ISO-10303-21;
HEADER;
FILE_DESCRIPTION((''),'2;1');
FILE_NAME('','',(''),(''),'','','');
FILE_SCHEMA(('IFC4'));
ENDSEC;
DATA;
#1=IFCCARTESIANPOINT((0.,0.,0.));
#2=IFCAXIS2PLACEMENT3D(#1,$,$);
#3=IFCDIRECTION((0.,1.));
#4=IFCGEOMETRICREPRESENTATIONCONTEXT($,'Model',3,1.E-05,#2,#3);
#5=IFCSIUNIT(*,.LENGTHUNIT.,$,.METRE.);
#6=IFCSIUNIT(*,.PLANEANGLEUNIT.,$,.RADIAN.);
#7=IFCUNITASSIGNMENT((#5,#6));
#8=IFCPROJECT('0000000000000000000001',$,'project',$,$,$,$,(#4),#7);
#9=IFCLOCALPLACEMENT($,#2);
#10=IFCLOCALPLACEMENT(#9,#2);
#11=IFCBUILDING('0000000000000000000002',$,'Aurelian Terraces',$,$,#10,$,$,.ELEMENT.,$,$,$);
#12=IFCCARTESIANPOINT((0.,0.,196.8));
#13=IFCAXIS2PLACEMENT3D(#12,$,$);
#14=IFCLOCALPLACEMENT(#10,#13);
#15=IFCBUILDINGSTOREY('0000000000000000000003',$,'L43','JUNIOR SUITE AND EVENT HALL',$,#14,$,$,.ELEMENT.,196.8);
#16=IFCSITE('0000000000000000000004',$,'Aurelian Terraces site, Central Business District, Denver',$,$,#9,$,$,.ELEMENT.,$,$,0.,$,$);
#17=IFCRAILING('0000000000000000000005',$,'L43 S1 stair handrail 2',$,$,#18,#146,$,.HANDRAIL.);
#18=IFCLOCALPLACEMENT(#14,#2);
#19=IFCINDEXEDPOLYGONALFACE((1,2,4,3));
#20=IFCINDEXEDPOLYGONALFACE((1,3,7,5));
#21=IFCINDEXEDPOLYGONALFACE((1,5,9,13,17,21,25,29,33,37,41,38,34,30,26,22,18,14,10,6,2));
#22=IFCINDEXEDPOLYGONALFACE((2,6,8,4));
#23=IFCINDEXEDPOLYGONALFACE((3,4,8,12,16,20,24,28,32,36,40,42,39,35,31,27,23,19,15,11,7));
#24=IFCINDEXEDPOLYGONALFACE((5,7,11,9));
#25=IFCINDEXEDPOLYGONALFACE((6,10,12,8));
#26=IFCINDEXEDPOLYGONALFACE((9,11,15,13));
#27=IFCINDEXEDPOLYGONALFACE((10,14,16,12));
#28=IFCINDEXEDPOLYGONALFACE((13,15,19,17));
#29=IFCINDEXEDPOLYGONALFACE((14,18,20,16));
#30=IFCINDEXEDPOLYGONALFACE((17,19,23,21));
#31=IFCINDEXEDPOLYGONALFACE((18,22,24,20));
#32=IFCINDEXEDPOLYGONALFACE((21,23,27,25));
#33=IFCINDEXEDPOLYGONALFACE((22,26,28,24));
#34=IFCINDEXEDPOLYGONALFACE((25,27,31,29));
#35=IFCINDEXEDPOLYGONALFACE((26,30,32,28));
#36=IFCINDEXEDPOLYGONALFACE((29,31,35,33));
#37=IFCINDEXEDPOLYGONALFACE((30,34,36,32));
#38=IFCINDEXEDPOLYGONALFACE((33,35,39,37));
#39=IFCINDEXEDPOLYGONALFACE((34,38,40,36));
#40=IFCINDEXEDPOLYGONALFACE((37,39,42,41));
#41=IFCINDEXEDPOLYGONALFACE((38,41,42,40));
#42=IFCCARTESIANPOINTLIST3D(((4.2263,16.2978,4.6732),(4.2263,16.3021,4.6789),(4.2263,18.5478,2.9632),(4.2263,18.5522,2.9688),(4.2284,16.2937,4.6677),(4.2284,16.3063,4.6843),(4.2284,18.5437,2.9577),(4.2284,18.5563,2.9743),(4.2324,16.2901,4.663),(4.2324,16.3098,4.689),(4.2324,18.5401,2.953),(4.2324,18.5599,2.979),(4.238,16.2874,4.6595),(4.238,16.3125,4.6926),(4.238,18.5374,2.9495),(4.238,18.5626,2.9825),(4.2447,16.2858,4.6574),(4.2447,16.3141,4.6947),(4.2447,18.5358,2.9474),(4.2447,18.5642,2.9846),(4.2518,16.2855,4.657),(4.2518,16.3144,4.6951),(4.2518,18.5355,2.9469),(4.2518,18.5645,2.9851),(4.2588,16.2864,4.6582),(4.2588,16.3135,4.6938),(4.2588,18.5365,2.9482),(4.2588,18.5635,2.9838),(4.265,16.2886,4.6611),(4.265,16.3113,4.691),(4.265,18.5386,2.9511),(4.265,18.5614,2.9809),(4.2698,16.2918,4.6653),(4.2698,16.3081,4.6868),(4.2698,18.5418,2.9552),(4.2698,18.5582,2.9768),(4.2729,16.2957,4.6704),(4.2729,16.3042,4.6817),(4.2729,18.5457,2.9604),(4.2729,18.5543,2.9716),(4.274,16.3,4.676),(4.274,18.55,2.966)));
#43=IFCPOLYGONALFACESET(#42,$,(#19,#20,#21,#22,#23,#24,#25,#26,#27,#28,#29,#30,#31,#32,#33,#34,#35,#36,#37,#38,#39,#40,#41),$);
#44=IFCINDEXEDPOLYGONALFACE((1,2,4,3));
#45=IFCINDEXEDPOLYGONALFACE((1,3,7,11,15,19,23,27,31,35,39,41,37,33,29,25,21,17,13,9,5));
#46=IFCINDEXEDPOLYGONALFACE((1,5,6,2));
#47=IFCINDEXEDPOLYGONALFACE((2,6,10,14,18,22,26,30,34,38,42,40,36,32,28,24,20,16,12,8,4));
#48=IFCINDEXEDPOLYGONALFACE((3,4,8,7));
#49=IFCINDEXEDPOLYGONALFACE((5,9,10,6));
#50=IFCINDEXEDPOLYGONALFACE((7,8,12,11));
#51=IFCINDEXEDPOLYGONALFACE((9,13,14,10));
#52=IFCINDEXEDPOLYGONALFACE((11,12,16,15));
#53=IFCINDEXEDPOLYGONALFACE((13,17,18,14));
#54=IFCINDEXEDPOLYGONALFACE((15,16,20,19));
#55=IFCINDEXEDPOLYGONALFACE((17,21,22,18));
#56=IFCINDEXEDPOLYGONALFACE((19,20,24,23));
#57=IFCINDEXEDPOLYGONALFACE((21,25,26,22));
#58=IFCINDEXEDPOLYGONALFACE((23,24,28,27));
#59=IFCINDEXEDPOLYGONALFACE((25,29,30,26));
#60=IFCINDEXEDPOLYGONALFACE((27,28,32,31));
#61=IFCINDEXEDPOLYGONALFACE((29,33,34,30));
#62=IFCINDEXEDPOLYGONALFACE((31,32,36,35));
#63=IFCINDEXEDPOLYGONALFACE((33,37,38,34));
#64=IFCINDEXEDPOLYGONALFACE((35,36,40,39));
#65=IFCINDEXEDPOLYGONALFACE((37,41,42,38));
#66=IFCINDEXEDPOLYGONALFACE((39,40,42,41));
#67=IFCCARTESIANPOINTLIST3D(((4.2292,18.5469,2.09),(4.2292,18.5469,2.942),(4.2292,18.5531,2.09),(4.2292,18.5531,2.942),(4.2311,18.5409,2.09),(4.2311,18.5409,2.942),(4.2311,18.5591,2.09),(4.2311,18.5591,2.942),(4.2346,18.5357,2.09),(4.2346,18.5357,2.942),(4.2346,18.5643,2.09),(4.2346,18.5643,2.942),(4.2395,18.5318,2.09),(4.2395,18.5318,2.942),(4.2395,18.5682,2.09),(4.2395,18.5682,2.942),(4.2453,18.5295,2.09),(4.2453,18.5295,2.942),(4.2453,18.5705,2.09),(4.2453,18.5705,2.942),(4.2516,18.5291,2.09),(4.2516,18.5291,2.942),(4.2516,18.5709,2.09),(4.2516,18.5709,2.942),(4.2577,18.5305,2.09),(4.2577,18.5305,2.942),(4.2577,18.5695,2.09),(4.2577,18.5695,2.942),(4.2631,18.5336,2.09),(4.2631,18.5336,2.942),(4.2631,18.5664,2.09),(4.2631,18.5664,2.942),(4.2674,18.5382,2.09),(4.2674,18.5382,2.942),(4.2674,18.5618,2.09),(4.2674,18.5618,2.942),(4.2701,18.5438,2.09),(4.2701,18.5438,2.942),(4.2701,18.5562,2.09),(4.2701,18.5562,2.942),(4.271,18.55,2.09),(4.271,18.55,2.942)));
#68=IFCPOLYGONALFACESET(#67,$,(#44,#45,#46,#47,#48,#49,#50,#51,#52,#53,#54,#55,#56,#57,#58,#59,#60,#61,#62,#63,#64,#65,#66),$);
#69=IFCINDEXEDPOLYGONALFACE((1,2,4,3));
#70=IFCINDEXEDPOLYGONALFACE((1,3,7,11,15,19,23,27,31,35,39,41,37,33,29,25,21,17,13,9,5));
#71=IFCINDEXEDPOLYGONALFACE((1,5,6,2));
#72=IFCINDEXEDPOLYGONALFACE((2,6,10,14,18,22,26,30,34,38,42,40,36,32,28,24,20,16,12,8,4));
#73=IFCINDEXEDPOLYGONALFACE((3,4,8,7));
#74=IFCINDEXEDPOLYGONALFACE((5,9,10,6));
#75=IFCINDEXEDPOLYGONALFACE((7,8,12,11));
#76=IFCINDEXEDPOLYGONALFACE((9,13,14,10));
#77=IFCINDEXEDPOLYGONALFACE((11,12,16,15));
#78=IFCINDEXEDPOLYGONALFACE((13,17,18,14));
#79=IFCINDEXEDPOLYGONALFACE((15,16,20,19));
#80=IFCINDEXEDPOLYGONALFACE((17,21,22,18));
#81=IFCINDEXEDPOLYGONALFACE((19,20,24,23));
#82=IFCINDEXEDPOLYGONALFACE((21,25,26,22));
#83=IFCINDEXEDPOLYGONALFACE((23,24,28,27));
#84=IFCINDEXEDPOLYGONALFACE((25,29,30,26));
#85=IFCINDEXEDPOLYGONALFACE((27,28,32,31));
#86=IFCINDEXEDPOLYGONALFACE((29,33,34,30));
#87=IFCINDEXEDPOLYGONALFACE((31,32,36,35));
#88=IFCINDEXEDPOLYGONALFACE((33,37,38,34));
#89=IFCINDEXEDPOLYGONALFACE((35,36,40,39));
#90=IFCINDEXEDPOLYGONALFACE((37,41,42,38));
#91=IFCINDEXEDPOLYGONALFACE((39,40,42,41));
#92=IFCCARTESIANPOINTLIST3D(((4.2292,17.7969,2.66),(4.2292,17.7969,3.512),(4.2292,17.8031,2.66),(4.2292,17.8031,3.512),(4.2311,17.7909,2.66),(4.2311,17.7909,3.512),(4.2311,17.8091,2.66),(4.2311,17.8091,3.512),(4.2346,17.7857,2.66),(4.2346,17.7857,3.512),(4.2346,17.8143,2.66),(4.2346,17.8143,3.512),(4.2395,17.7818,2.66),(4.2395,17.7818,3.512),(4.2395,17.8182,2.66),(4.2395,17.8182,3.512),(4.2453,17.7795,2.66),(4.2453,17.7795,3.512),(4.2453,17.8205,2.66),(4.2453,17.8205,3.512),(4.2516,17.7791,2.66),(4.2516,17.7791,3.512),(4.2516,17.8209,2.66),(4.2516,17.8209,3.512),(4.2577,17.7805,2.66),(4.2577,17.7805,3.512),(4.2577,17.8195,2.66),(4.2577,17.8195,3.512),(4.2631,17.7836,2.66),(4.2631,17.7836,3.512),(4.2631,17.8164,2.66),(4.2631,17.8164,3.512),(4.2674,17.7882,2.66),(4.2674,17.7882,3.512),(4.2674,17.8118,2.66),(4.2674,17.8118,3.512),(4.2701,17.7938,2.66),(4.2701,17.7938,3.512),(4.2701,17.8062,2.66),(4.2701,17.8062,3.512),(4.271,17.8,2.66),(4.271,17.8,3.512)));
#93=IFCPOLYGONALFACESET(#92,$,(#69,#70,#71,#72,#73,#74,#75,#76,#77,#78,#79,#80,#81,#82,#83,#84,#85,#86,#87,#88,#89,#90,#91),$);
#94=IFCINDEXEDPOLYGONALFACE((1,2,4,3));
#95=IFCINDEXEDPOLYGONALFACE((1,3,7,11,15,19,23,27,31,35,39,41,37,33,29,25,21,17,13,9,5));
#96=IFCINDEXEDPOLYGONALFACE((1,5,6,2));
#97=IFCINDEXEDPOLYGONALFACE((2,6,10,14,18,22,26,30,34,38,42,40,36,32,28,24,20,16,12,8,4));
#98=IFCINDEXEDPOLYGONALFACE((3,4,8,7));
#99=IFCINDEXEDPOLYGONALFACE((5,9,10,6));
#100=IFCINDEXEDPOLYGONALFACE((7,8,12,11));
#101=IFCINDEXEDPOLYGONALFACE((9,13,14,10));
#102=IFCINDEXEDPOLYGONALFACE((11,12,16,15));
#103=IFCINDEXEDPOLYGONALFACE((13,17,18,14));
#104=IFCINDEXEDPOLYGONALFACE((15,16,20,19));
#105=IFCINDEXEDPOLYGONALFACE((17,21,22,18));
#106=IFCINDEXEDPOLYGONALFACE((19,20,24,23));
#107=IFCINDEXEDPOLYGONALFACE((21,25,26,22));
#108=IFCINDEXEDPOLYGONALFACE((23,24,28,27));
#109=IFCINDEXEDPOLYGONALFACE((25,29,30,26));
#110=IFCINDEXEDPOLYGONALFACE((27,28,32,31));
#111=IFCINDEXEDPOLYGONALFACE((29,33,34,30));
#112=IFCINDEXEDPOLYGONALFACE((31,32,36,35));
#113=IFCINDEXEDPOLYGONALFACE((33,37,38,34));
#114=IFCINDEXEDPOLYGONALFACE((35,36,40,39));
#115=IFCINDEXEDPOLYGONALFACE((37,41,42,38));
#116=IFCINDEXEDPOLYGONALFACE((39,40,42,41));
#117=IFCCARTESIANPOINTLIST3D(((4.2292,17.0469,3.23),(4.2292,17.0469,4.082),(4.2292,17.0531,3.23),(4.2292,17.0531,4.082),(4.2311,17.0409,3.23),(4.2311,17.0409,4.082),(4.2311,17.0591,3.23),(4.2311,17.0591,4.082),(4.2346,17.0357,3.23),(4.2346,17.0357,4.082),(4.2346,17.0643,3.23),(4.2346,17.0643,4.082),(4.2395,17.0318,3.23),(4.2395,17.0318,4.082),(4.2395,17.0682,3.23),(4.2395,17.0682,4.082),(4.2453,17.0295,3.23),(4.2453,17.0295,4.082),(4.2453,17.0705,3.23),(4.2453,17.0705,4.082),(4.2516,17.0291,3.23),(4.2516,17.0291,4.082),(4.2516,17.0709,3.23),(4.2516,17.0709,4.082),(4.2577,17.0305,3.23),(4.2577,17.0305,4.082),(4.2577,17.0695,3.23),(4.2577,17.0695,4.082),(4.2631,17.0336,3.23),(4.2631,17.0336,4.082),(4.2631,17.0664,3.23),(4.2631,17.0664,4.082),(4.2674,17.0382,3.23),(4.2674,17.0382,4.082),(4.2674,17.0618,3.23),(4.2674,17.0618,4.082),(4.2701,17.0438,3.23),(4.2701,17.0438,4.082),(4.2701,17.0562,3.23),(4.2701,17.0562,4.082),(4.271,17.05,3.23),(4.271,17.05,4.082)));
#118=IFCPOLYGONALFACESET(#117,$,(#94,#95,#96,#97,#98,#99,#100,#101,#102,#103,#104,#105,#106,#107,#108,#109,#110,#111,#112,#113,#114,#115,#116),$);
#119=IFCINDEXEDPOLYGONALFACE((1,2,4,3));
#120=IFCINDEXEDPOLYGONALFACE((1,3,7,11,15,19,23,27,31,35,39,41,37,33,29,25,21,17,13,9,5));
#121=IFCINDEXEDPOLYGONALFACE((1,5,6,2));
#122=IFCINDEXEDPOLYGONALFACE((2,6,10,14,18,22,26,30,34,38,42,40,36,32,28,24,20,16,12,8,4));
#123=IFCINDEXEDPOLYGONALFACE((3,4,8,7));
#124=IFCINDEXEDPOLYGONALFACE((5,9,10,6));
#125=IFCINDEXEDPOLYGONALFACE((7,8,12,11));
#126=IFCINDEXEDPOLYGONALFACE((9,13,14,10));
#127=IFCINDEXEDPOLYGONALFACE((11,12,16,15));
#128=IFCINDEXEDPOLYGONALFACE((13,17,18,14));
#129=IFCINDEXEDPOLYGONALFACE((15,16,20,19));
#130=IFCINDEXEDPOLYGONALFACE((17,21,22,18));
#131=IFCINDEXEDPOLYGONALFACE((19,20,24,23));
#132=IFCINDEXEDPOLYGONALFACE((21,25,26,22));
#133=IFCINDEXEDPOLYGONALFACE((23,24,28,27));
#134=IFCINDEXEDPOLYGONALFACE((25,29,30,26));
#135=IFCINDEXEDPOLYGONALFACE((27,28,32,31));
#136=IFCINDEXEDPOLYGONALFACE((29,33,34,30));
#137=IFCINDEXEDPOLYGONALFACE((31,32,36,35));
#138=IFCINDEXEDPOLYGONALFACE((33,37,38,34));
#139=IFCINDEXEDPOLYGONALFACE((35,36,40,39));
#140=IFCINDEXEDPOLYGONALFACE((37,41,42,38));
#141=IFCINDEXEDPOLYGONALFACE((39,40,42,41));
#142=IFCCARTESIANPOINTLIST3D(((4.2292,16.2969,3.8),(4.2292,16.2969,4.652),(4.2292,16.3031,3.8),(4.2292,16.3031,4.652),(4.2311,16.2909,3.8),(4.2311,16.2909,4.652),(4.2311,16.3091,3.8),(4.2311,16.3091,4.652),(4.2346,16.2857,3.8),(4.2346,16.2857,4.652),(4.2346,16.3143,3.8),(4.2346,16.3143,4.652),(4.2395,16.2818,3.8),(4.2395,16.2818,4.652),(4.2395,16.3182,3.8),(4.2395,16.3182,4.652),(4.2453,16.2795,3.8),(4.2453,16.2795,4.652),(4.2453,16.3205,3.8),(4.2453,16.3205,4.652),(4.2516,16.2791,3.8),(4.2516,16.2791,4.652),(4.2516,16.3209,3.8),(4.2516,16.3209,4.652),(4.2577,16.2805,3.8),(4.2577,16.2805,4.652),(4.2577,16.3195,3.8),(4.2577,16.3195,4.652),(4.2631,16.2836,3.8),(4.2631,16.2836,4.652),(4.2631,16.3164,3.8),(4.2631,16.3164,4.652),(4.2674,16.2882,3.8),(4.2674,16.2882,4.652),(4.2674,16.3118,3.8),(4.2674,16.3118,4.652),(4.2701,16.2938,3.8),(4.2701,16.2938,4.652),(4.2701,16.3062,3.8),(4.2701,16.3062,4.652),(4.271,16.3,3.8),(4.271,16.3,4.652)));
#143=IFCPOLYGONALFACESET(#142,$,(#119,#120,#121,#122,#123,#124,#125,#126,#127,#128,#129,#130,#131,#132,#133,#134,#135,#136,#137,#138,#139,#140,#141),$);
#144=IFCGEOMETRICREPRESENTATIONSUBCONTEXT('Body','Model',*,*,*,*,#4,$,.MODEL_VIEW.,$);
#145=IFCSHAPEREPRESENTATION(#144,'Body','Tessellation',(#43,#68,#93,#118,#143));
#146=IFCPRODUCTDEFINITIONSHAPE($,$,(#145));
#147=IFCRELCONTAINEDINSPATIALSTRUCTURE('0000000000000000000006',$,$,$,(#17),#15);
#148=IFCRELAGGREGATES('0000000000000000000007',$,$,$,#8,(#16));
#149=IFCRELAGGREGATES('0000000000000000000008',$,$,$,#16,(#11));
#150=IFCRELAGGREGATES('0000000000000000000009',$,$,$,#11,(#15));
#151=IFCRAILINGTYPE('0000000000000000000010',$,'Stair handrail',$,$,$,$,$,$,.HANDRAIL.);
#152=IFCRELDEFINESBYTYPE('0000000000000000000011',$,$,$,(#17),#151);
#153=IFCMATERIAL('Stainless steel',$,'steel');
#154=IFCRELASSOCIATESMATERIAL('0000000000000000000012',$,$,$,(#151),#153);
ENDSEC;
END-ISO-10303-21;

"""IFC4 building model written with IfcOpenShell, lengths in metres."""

from ifc_helpers import new_model, si_unit, direction, frame, origin, origin_2d, place, context, subcontext, project, spatial, circle, extrude, source, transform, mapped, material, type_object, element, save


model = new_model("IFC4")

# Units and contexts
model_context = context("Model", 3, precision=1e-05, world=origin(), true_north=direction((0.0, 1.0)))
body_context = subcontext(model_context, "Body", "Model", "MODEL_VIEW")
ifc_project = project(units=[si_unit("LENGTHUNIT", "METRE"), si_unit("PLANEANGLEUNIT", "RADIAN")], contexts=[model_context])

# Site, building, storey
site_placement = place(None, origin())
site = spatial("IfcSite", under=ifc_project, at=site_placement, Name="Aurelian Terraces site, Central Business District, Denver", CompositionType="ELEMENT", RefElevation=0.0)
building_placement = place(site_placement, origin())
building = spatial("IfcBuilding", under=site, at=building_placement, Name="Aurelian Terraces", CompositionType="ELEMENT")
storey_placement = place(building_placement, frame((0.0, 0.0, 196.8)))
storey = spatial("IfcBuildingStorey", under=building, at=storey_placement, Name="L43", Description="JUNIOR SUITE AND EVENT HALL", CompositionType="ELEMENT", Elevation=196.8)

# Shared definitions
ifc_material_1 = material(Name="Stainless steel", Category="steel")

# Railing
railing_type_1 = type_object("IfcRailingType", Name="Stair handrail", PredefinedType="HANDRAIL", material=ifc_material_1)
shared_shape_1 = source(origin(), body_context, "Body", "SweptSolid", [
    extrude(circle(Radius=0.024, at=origin_2d()), frame((0.0, 0.0, 0.876), z_axis=(0.0, -0.796162, 0.605083), x_axis=(1.0, 0.0, 0.0)), (0.0, 0.0, 1.0), 2.8261),
    extrude(circle(Radius=0.021, at=origin_2d()), origin(), (0.0, 0.0, 1.0), 0.852),
    extrude(circle(Radius=0.021, at=origin_2d()), frame((0.0, -0.75, 0.57)), (0.0, 0.0, 1.0), 0.852),
    extrude(circle(Radius=0.021, at=origin_2d()), frame((0.0, -1.5, 1.14)), (0.0, 0.0, 1.0), 0.852),
    extrude(circle(Radius=0.021, at=origin_2d()), frame((0.0, -2.25, 1.71)), (0.0, 0.0, 1.0), 0.852),
])
railing_1_placement = place(storey_placement, frame((4.25, 18.55, 2.09)))
element("IfcRailing", 1, at=railing_1_placement, inside=storey, type_object=railing_type_1, Name="L43 S1 stair handrail 2", PredefinedType="HANDRAIL", context=body_context, shape_type="MappedRepresentation", body=[
    mapped(shared_shape_1, transform((0.0, 0.0, 0.0), scale=1.0)),
])

save(model, "model.ifc")
